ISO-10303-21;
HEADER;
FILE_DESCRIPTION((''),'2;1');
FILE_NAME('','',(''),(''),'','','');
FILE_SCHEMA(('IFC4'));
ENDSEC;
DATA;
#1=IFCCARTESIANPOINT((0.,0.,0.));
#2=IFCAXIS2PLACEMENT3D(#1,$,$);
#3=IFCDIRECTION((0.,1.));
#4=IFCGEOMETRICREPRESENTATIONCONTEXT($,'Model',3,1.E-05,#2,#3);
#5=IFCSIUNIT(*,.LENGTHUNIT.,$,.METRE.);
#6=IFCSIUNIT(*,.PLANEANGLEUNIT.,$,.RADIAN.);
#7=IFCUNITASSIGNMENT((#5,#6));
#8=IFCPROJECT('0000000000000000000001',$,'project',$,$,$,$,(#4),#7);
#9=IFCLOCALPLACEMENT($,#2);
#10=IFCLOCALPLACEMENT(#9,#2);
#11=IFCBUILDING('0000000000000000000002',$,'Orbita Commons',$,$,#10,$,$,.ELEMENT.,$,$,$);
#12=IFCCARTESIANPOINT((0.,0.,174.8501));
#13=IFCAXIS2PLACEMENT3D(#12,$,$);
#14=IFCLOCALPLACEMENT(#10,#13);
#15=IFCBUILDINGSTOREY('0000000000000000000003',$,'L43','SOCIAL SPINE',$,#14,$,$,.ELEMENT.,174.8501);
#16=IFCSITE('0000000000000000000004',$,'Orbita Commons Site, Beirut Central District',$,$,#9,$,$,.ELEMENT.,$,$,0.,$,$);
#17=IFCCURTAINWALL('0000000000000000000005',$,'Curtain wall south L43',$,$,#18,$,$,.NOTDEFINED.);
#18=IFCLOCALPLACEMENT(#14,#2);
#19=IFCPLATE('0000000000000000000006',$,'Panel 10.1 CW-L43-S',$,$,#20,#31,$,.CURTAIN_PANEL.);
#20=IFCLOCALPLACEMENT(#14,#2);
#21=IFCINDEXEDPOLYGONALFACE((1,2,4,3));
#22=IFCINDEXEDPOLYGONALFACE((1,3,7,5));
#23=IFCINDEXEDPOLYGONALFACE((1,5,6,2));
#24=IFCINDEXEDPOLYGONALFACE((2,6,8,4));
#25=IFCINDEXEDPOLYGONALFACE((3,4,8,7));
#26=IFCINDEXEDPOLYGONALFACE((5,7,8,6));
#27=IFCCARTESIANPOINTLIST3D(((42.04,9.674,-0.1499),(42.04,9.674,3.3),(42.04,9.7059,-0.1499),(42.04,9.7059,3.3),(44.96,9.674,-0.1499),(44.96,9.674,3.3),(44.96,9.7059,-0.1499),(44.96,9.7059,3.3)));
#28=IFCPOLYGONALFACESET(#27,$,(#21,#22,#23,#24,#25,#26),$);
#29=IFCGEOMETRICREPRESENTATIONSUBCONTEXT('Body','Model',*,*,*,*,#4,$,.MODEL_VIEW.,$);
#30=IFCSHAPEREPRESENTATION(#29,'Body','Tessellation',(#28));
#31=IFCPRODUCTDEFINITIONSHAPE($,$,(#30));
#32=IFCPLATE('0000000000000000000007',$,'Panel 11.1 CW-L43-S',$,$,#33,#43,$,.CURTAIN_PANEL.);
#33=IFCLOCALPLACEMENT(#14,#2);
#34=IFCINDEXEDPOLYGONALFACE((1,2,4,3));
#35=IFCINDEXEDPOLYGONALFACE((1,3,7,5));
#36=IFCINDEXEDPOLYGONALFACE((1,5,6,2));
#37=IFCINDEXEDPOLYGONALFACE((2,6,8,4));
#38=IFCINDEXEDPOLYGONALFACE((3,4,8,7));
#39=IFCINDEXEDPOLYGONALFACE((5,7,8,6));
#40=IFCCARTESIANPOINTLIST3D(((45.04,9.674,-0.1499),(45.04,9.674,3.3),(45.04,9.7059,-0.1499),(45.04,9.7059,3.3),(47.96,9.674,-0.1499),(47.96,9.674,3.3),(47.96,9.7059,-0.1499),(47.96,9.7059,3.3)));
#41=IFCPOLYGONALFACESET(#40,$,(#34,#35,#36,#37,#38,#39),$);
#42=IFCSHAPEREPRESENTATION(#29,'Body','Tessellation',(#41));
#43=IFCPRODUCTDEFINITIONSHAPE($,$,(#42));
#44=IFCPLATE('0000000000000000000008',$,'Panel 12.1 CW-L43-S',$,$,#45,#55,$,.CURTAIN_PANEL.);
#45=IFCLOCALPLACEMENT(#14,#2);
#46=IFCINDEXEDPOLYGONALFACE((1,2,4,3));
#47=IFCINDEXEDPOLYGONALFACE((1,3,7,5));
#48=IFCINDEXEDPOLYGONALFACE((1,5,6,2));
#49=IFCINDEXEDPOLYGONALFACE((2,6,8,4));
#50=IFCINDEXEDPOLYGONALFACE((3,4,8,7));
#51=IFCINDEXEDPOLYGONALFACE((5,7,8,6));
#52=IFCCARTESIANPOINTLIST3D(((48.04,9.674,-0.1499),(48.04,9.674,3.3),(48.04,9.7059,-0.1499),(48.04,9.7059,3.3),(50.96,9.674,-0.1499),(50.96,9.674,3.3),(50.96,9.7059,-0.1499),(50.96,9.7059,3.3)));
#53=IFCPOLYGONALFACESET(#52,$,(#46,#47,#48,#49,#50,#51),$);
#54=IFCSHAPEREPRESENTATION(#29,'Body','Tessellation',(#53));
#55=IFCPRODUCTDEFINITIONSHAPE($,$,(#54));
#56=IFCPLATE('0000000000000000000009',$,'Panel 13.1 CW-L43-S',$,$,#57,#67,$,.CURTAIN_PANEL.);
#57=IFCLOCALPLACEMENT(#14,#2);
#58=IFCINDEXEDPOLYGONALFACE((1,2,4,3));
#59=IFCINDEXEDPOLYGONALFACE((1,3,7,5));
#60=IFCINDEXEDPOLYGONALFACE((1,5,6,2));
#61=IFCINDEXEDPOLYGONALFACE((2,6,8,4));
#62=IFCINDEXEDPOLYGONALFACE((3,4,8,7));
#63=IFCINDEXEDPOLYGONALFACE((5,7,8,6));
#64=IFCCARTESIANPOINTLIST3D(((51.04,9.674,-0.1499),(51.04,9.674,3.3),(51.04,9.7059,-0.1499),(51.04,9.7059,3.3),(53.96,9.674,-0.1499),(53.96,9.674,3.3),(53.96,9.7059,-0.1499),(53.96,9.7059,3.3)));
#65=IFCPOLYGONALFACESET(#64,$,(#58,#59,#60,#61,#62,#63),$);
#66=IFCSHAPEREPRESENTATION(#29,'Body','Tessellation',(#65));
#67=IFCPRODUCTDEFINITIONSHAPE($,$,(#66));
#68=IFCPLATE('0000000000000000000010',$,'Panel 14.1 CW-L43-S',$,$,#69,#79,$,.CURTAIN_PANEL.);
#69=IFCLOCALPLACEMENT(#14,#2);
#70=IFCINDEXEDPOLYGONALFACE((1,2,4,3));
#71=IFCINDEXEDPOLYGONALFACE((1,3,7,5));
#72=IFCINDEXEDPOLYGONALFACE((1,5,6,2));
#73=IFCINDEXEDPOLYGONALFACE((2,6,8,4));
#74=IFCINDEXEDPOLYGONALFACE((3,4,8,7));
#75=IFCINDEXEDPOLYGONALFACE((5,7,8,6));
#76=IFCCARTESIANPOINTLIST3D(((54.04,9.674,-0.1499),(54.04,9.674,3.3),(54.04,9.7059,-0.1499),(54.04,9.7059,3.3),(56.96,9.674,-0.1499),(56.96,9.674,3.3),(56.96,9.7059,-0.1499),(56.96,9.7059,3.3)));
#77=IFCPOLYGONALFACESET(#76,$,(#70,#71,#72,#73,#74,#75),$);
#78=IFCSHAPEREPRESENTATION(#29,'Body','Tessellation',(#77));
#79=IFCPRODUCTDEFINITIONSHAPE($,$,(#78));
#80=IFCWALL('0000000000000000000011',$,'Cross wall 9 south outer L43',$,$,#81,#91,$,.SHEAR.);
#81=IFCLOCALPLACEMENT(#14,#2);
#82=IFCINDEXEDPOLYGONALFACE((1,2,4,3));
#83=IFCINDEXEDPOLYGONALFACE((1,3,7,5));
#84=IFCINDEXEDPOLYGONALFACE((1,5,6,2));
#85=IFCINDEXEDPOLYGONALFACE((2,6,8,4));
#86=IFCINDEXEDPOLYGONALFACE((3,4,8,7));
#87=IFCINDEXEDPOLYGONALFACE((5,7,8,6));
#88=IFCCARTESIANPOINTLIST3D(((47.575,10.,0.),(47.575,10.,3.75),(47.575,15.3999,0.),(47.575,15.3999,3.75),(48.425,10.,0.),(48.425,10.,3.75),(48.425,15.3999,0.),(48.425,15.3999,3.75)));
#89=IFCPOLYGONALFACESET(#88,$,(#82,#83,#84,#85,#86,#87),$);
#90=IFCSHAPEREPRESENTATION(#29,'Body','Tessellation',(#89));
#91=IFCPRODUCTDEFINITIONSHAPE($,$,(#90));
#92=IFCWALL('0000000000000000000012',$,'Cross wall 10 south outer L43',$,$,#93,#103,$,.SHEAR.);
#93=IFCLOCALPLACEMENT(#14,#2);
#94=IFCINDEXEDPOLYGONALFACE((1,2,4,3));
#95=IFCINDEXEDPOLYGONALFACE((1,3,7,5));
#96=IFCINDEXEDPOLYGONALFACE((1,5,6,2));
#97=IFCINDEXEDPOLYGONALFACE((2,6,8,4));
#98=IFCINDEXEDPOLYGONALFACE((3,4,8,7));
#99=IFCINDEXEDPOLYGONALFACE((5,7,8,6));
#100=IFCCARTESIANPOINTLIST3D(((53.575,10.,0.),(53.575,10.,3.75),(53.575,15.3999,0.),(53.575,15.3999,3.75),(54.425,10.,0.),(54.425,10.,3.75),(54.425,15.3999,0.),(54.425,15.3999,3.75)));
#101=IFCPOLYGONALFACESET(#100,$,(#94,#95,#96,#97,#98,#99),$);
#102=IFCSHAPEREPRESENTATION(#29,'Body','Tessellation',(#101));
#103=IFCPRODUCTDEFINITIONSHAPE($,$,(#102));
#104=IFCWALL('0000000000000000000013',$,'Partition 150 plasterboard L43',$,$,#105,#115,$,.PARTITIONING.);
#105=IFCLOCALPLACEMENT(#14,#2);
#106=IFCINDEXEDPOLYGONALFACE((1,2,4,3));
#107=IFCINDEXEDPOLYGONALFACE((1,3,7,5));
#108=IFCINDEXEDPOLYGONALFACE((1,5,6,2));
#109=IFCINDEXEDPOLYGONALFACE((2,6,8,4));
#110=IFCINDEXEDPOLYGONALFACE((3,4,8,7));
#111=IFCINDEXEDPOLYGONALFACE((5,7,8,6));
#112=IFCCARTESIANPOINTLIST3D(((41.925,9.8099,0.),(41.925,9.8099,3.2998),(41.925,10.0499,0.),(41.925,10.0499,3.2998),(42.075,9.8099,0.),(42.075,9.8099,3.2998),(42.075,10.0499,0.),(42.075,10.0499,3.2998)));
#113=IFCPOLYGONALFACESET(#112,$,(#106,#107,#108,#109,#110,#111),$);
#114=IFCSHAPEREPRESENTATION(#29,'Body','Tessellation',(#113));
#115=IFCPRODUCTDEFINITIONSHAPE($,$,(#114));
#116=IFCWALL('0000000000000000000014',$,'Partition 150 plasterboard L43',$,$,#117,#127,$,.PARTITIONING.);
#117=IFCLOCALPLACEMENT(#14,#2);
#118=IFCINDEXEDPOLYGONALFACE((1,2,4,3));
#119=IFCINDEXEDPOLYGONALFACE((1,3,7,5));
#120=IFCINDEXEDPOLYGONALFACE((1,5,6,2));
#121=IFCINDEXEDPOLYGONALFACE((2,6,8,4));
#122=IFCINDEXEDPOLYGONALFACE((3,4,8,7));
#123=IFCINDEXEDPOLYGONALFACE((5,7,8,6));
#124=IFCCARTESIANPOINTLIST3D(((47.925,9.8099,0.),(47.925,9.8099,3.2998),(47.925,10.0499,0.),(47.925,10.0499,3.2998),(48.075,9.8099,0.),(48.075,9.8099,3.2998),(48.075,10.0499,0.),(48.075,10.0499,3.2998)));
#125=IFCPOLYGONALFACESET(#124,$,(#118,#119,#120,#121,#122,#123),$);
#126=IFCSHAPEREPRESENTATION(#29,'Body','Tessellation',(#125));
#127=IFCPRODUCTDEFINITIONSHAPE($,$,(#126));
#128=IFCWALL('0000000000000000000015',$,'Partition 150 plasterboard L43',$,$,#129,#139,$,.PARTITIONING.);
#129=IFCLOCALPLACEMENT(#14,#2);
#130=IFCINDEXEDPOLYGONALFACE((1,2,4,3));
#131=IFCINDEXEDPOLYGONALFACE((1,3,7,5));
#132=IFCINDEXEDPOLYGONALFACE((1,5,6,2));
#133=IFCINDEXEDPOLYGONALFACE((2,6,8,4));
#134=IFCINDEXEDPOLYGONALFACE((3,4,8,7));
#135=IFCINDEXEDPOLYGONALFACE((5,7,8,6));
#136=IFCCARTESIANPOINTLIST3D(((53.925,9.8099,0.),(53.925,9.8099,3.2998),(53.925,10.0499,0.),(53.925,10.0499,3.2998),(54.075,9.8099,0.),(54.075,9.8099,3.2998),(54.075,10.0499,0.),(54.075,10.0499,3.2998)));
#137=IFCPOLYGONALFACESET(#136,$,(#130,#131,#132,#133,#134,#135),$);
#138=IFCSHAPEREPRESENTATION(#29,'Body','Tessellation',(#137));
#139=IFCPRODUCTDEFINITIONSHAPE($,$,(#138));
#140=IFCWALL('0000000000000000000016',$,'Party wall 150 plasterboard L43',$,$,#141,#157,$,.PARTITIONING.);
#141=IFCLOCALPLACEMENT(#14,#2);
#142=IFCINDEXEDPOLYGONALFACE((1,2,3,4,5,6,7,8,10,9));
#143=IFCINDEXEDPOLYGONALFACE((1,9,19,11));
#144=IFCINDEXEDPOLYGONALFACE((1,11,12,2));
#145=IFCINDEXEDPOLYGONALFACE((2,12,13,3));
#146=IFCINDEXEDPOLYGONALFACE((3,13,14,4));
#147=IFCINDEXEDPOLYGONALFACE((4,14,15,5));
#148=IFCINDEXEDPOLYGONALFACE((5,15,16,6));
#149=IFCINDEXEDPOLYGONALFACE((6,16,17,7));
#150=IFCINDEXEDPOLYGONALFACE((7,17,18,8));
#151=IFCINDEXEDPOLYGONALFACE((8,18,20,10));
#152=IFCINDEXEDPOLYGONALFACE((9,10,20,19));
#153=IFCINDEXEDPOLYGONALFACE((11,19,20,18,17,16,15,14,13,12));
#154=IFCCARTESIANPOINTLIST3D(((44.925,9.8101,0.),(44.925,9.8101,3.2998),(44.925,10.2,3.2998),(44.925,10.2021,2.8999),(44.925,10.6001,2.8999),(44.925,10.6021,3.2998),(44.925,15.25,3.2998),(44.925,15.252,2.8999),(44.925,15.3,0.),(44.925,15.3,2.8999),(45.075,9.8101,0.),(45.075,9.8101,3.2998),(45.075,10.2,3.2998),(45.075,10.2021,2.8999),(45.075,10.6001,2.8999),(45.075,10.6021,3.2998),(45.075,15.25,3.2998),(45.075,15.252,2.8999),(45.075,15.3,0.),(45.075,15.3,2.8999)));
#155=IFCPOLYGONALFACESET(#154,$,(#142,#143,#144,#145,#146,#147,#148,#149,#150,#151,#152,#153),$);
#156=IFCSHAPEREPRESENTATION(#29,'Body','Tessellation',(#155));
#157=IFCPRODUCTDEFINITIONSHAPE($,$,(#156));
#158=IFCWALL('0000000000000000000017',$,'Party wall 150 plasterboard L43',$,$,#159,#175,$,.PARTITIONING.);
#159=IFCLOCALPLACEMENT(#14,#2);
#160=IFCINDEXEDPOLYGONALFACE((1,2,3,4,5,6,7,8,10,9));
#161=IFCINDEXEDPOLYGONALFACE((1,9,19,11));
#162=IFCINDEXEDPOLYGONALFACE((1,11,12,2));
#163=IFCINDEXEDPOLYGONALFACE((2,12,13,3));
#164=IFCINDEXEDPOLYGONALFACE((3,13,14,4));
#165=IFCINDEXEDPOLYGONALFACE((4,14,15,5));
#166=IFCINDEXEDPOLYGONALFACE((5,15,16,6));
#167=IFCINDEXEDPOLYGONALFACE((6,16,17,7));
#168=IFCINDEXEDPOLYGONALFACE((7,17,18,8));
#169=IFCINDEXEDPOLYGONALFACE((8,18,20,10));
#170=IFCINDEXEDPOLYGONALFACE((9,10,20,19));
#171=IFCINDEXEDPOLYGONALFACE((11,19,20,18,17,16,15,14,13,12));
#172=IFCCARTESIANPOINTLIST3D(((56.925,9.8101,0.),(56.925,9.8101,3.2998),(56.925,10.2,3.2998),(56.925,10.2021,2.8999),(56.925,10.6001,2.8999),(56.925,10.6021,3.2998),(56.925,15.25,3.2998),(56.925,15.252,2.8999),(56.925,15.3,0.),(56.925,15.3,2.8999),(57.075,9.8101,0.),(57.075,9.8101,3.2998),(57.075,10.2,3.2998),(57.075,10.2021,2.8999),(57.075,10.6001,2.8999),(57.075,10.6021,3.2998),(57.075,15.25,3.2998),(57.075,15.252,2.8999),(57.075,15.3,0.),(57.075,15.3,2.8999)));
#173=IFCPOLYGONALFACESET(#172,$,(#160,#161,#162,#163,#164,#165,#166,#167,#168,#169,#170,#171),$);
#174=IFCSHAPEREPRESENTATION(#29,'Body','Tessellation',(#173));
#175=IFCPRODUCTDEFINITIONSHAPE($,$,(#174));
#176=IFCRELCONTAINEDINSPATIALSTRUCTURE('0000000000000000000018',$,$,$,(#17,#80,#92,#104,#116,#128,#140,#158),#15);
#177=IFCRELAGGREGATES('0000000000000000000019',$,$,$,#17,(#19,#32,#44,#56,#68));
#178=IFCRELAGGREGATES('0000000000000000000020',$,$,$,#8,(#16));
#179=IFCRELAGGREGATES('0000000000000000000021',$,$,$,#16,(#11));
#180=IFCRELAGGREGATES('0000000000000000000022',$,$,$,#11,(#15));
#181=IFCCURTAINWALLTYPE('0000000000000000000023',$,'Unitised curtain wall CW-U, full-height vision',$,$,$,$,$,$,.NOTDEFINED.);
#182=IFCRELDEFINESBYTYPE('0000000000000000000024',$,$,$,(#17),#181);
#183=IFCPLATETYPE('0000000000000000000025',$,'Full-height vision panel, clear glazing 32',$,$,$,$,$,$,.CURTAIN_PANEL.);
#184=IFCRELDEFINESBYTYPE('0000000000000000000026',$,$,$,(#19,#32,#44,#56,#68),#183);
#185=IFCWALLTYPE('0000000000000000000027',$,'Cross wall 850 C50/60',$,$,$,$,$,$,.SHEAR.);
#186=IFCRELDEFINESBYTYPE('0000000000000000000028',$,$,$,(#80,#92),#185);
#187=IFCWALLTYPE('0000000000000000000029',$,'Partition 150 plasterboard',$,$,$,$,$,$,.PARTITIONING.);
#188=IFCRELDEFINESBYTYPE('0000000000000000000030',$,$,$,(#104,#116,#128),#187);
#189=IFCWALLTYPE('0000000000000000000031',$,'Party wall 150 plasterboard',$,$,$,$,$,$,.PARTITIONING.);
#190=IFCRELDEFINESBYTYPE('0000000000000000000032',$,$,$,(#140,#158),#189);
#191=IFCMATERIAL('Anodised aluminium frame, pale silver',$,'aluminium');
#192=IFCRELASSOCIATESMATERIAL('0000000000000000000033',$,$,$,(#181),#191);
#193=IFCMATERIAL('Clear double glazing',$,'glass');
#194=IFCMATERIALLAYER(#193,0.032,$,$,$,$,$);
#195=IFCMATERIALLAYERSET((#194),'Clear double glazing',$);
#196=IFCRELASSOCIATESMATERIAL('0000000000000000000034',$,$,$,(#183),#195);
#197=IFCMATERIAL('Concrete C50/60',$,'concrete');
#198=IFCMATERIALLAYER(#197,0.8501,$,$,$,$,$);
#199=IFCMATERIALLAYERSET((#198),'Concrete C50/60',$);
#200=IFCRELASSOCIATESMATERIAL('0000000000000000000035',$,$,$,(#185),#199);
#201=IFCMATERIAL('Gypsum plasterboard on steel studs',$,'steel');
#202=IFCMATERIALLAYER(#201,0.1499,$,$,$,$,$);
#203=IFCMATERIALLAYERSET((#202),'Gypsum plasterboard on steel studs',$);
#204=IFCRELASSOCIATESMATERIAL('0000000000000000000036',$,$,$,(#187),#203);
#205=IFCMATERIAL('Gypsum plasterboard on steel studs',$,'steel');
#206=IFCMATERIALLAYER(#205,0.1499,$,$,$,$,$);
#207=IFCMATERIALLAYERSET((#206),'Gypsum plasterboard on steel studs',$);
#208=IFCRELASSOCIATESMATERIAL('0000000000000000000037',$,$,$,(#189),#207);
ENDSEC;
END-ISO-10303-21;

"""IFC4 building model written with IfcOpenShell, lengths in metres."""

from ifc_helpers import new_model, si_unit, direction, frame, frame_2d, origin, origin_2d, place, context, subcontext, project, spatial, polyline, rectangle, outline, extrude, material, layer, layer_set, type_object, element, aggregate, save


model = new_model("IFC4")

# Units and contexts
model_context = context("Model", 3, precision=1e-05, world=origin(), true_north=direction((0.0, 1.0)))
body_context = subcontext(model_context, "Body", "Model", "MODEL_VIEW")
ifc_project = project(units=[si_unit("LENGTHUNIT", "METRE"), si_unit("PLANEANGLEUNIT", "RADIAN")], contexts=[model_context])

# Site, building, storey
site_placement = place(None, origin())
site = spatial("IfcSite", under=ifc_project, at=site_placement, Name="Orbita Commons Site, Beirut Central District", CompositionType="ELEMENT", RefElevation=0.0)
building_placement = place(site_placement, origin())
building = spatial("IfcBuilding", under=site, at=building_placement, Name="Orbita Commons", CompositionType="ELEMENT")
storey_placement = place(building_placement, frame((0.0, 0.0, 174.8501)))
storey = spatial("IfcBuildingStorey", under=building, at=storey_placement, Name="L43", Description="SOCIAL SPINE", CompositionType="ELEMENT", Elevation=174.8501)

# Curtain wall
ifc_material_1 = material(Name="Anodised aluminium frame, pale silver", Category="aluminium")
curtain_wall_type = type_object("IfcCurtainWallType", Name="Unitised curtain wall CW-U, full-height vision", PredefinedType="NOTDEFINED", material=ifc_material_1)
curtain_wall_placement = place(storey_placement, origin())
curtain_wall = element("IfcCurtainWall", 1, at=curtain_wall_placement, inside=storey, type_object=curtain_wall_type, Name="Curtain wall south L43", PredefinedType="NOTDEFINED")

# Plates
ifc_material_2 = material(Name="Clear double glazing", Category="glass")
ifc_layer_1 = layer(ifc_material_2, 0.032)
ifc_layer_set_1 = layer_set([ifc_layer_1], Name="Clear double glazing")
plate_type = type_object("IfcPlateType", Name="Full-height vision panel, clear glazing 32", PredefinedType="CURTAIN_PANEL", material=ifc_layer_set_1)
plate_1_placement = place(storey_placement, frame((43.5, 9.6899, -0.1499), z_axis=(0.0, 0.0, 1.0), x_axis=(1.0, 0.0, 0.0)))
plate_1 = element("IfcPlate", 2, at=plate_1_placement, type_object=plate_type, Name="Panel 10.1 CW-L43-S", PredefinedType="CURTAIN_PANEL", context=body_context, shape_type="SweptSolid", body=[
    extrude(rectangle(XDim=2.9199, YDim=0.032, at=origin_2d()), origin(), (0.0, 0.0, 1.0), 3.45),
])
plate_2_placement = place(storey_placement, frame((46.5, 9.6899, -0.1499), z_axis=(0.0, 0.0, 1.0), x_axis=(1.0, 0.0, 0.0)))
plate_2 = element("IfcPlate", 3, at=plate_2_placement, type_object=plate_type, Name="Panel 11.1 CW-L43-S", PredefinedType="CURTAIN_PANEL", context=body_context, shape_type="SweptSolid", body=[
    extrude(rectangle(XDim=2.9199, YDim=0.032, at=origin_2d()), origin(), (0.0, 0.0, 1.0), 3.45),
])
plate_3_placement = place(storey_placement, frame((49.5, 9.6899, -0.1499), z_axis=(0.0, 0.0, 1.0), x_axis=(1.0, 0.0, 0.0)))
plate_3 = element("IfcPlate", 4, at=plate_3_placement, type_object=plate_type, Name="Panel 12.1 CW-L43-S", PredefinedType="CURTAIN_PANEL", context=body_context, shape_type="SweptSolid", body=[
    extrude(rectangle(XDim=2.9199, YDim=0.032, at=origin_2d()), origin(), (0.0, 0.0, 1.0), 3.45),
])
plate_4_placement = place(storey_placement, frame((52.5, 9.6899, -0.1499), z_axis=(0.0, 0.0, 1.0), x_axis=(1.0, 0.0, 0.0)))
plate_4 = element("IfcPlate", 5, at=plate_4_placement, type_object=plate_type, Name="Panel 13.1 CW-L43-S", PredefinedType="CURTAIN_PANEL", context=body_context, shape_type="SweptSolid", body=[
    extrude(rectangle(XDim=2.9199, YDim=0.032, at=origin_2d()), origin(), (0.0, 0.0, 1.0), 3.45),
])
plate_5_placement = place(storey_placement, frame((55.5, 9.6899, -0.1499), z_axis=(0.0, 0.0, 1.0), x_axis=(1.0, 0.0, 0.0)))
plate_5 = element("IfcPlate", 6, at=plate_5_placement, type_object=plate_type, Name="Panel 14.1 CW-L43-S", PredefinedType="CURTAIN_PANEL", context=body_context, shape_type="SweptSolid", body=[
    extrude(rectangle(XDim=2.9199, YDim=0.032, at=origin_2d()), origin(), (0.0, 0.0, 1.0), 3.45),
])
aggregate(curtain_wall, [plate_1, plate_2, plate_3, plate_4, plate_5])

# Walls
ifc_material_3 = material(Name="Concrete C50/60", Category="concrete")
ifc_layer_2 = layer(ifc_material_3, 0.8501)
ifc_layer_set_2 = layer_set([ifc_layer_2], Name="Concrete C50/60")
wall_type_1 = type_object("IfcWallType", Name="Cross wall 850 C50/60", PredefinedType="SHEAR", material=ifc_layer_set_2)
for number, where, z_axis, x_axis, name in (
    (7, (48.0, 10.0, 0.0), (0.0, 0.0, 1.0), (0.0, 1.0, 0.0), "Cross wall 9 south outer L43"),
    (8, (54.0, 10.0, 0.0), (0.0, 0.0, 1.0), (0.0, 1.0, 0.0), "Cross wall 10 south outer L43"),
):
    element("IfcWall", number, at=place(storey_placement, frame(where, z_axis=z_axis, x_axis=x_axis)), inside=storey, type_object=wall_type_1, Name=name, PredefinedType="SHEAR", context=body_context, shape_type="SweptSolid", body=[
        extrude(rectangle(XDim=5.3999, YDim=0.8501, at=frame_2d((2.7, 0.0))), origin(), (0.0, 0.0, 1.0), 3.75),
    ])
ifc_material_4 = material(Name="Gypsum plasterboard on steel studs", Category="steel")
ifc_layer_3 = layer(ifc_material_4, 0.1499)
ifc_layer_set_3 = layer_set([ifc_layer_3], Name="Gypsum plasterboard on steel studs")
wall_type_2 = type_object("IfcWallType", Name="Partition 150 plasterboard", PredefinedType="PARTITIONING", material=ifc_layer_set_3)
for number, where, z_axis, x_axis, name in (
    (9, (42.0, 10.05, 0.0), (0.0, 0.0, 1.0), (0.0, -1.0, 0.0), "Partition 150 plasterboard L43"),
    (10, (48.0, 10.05, 0.0), (0.0, 0.0, 1.0), (0.0, -1.0, 0.0), "Partition 150 plasterboard L43"),
    (11, (54.0, 10.05, 0.0), (0.0, 0.0, 1.0), (0.0, -1.0, 0.0), "Partition 150 plasterboard L43"),
):
    element("IfcWall", number, at=place(storey_placement, frame(where, z_axis=z_axis, x_axis=x_axis)), inside=storey, type_object=wall_type_2, Name=name, PredefinedType="PARTITIONING", context=body_context, shape_type="SweptSolid", body=[
        extrude(rectangle(XDim=0.24, YDim=0.1499, at=frame_2d((0.1201, 0.0))), origin(), (0.0, 0.0, 1.0), 3.2998),
    ])
ifc_material_5 = material(Name="Gypsum plasterboard on steel studs", Category="steel")
ifc_layer_4 = layer(ifc_material_5, 0.1499)
ifc_layer_set_4 = layer_set([ifc_layer_4], Name="Gypsum plasterboard on steel studs")
wall_type_3 = type_object("IfcWallType", Name="Party wall 150 plasterboard", PredefinedType="PARTITIONING", material=ifc_layer_set_4)
for number, where, z_axis, x_axis, name in (
    (12, (45.0, 9.8101, 0.0), (0.0, 0.0, 1.0), (0.0, 1.0, 0.0), "Party wall 150 plasterboard L43"),
    (13, (57.0, 9.8101, 0.0), (0.0, 0.0, 1.0), (0.0, 1.0, 0.0), "Party wall 150 plasterboard L43"),
):
    element("IfcWall", number, at=place(storey_placement, frame(where, z_axis=z_axis, x_axis=x_axis)), inside=storey, type_object=wall_type_3, Name=name, PredefinedType="PARTITIONING", context=body_context, shape_type="SweptSolid", body=[
        extrude(outline(polyline([(0.0, 0.0), (5.49, 0.0), (5.49, 2.8999), (5.4419, 2.8999), (5.4399, 3.2998), (0.792, 3.2998), (0.79, 2.8999), (0.3921, 2.8999), (0.3899, 3.2998), (0.0, 3.2998), (0.0, 0.0)])), frame((0.0, 0.075, 0.0), z_axis=(0.0, -1.0, 0.0), x_axis=(1.0, 0.0, 0.0)), (0.0, 0.0, 1.0), 0.1499),
    ])

save(model, "model.ifc")
